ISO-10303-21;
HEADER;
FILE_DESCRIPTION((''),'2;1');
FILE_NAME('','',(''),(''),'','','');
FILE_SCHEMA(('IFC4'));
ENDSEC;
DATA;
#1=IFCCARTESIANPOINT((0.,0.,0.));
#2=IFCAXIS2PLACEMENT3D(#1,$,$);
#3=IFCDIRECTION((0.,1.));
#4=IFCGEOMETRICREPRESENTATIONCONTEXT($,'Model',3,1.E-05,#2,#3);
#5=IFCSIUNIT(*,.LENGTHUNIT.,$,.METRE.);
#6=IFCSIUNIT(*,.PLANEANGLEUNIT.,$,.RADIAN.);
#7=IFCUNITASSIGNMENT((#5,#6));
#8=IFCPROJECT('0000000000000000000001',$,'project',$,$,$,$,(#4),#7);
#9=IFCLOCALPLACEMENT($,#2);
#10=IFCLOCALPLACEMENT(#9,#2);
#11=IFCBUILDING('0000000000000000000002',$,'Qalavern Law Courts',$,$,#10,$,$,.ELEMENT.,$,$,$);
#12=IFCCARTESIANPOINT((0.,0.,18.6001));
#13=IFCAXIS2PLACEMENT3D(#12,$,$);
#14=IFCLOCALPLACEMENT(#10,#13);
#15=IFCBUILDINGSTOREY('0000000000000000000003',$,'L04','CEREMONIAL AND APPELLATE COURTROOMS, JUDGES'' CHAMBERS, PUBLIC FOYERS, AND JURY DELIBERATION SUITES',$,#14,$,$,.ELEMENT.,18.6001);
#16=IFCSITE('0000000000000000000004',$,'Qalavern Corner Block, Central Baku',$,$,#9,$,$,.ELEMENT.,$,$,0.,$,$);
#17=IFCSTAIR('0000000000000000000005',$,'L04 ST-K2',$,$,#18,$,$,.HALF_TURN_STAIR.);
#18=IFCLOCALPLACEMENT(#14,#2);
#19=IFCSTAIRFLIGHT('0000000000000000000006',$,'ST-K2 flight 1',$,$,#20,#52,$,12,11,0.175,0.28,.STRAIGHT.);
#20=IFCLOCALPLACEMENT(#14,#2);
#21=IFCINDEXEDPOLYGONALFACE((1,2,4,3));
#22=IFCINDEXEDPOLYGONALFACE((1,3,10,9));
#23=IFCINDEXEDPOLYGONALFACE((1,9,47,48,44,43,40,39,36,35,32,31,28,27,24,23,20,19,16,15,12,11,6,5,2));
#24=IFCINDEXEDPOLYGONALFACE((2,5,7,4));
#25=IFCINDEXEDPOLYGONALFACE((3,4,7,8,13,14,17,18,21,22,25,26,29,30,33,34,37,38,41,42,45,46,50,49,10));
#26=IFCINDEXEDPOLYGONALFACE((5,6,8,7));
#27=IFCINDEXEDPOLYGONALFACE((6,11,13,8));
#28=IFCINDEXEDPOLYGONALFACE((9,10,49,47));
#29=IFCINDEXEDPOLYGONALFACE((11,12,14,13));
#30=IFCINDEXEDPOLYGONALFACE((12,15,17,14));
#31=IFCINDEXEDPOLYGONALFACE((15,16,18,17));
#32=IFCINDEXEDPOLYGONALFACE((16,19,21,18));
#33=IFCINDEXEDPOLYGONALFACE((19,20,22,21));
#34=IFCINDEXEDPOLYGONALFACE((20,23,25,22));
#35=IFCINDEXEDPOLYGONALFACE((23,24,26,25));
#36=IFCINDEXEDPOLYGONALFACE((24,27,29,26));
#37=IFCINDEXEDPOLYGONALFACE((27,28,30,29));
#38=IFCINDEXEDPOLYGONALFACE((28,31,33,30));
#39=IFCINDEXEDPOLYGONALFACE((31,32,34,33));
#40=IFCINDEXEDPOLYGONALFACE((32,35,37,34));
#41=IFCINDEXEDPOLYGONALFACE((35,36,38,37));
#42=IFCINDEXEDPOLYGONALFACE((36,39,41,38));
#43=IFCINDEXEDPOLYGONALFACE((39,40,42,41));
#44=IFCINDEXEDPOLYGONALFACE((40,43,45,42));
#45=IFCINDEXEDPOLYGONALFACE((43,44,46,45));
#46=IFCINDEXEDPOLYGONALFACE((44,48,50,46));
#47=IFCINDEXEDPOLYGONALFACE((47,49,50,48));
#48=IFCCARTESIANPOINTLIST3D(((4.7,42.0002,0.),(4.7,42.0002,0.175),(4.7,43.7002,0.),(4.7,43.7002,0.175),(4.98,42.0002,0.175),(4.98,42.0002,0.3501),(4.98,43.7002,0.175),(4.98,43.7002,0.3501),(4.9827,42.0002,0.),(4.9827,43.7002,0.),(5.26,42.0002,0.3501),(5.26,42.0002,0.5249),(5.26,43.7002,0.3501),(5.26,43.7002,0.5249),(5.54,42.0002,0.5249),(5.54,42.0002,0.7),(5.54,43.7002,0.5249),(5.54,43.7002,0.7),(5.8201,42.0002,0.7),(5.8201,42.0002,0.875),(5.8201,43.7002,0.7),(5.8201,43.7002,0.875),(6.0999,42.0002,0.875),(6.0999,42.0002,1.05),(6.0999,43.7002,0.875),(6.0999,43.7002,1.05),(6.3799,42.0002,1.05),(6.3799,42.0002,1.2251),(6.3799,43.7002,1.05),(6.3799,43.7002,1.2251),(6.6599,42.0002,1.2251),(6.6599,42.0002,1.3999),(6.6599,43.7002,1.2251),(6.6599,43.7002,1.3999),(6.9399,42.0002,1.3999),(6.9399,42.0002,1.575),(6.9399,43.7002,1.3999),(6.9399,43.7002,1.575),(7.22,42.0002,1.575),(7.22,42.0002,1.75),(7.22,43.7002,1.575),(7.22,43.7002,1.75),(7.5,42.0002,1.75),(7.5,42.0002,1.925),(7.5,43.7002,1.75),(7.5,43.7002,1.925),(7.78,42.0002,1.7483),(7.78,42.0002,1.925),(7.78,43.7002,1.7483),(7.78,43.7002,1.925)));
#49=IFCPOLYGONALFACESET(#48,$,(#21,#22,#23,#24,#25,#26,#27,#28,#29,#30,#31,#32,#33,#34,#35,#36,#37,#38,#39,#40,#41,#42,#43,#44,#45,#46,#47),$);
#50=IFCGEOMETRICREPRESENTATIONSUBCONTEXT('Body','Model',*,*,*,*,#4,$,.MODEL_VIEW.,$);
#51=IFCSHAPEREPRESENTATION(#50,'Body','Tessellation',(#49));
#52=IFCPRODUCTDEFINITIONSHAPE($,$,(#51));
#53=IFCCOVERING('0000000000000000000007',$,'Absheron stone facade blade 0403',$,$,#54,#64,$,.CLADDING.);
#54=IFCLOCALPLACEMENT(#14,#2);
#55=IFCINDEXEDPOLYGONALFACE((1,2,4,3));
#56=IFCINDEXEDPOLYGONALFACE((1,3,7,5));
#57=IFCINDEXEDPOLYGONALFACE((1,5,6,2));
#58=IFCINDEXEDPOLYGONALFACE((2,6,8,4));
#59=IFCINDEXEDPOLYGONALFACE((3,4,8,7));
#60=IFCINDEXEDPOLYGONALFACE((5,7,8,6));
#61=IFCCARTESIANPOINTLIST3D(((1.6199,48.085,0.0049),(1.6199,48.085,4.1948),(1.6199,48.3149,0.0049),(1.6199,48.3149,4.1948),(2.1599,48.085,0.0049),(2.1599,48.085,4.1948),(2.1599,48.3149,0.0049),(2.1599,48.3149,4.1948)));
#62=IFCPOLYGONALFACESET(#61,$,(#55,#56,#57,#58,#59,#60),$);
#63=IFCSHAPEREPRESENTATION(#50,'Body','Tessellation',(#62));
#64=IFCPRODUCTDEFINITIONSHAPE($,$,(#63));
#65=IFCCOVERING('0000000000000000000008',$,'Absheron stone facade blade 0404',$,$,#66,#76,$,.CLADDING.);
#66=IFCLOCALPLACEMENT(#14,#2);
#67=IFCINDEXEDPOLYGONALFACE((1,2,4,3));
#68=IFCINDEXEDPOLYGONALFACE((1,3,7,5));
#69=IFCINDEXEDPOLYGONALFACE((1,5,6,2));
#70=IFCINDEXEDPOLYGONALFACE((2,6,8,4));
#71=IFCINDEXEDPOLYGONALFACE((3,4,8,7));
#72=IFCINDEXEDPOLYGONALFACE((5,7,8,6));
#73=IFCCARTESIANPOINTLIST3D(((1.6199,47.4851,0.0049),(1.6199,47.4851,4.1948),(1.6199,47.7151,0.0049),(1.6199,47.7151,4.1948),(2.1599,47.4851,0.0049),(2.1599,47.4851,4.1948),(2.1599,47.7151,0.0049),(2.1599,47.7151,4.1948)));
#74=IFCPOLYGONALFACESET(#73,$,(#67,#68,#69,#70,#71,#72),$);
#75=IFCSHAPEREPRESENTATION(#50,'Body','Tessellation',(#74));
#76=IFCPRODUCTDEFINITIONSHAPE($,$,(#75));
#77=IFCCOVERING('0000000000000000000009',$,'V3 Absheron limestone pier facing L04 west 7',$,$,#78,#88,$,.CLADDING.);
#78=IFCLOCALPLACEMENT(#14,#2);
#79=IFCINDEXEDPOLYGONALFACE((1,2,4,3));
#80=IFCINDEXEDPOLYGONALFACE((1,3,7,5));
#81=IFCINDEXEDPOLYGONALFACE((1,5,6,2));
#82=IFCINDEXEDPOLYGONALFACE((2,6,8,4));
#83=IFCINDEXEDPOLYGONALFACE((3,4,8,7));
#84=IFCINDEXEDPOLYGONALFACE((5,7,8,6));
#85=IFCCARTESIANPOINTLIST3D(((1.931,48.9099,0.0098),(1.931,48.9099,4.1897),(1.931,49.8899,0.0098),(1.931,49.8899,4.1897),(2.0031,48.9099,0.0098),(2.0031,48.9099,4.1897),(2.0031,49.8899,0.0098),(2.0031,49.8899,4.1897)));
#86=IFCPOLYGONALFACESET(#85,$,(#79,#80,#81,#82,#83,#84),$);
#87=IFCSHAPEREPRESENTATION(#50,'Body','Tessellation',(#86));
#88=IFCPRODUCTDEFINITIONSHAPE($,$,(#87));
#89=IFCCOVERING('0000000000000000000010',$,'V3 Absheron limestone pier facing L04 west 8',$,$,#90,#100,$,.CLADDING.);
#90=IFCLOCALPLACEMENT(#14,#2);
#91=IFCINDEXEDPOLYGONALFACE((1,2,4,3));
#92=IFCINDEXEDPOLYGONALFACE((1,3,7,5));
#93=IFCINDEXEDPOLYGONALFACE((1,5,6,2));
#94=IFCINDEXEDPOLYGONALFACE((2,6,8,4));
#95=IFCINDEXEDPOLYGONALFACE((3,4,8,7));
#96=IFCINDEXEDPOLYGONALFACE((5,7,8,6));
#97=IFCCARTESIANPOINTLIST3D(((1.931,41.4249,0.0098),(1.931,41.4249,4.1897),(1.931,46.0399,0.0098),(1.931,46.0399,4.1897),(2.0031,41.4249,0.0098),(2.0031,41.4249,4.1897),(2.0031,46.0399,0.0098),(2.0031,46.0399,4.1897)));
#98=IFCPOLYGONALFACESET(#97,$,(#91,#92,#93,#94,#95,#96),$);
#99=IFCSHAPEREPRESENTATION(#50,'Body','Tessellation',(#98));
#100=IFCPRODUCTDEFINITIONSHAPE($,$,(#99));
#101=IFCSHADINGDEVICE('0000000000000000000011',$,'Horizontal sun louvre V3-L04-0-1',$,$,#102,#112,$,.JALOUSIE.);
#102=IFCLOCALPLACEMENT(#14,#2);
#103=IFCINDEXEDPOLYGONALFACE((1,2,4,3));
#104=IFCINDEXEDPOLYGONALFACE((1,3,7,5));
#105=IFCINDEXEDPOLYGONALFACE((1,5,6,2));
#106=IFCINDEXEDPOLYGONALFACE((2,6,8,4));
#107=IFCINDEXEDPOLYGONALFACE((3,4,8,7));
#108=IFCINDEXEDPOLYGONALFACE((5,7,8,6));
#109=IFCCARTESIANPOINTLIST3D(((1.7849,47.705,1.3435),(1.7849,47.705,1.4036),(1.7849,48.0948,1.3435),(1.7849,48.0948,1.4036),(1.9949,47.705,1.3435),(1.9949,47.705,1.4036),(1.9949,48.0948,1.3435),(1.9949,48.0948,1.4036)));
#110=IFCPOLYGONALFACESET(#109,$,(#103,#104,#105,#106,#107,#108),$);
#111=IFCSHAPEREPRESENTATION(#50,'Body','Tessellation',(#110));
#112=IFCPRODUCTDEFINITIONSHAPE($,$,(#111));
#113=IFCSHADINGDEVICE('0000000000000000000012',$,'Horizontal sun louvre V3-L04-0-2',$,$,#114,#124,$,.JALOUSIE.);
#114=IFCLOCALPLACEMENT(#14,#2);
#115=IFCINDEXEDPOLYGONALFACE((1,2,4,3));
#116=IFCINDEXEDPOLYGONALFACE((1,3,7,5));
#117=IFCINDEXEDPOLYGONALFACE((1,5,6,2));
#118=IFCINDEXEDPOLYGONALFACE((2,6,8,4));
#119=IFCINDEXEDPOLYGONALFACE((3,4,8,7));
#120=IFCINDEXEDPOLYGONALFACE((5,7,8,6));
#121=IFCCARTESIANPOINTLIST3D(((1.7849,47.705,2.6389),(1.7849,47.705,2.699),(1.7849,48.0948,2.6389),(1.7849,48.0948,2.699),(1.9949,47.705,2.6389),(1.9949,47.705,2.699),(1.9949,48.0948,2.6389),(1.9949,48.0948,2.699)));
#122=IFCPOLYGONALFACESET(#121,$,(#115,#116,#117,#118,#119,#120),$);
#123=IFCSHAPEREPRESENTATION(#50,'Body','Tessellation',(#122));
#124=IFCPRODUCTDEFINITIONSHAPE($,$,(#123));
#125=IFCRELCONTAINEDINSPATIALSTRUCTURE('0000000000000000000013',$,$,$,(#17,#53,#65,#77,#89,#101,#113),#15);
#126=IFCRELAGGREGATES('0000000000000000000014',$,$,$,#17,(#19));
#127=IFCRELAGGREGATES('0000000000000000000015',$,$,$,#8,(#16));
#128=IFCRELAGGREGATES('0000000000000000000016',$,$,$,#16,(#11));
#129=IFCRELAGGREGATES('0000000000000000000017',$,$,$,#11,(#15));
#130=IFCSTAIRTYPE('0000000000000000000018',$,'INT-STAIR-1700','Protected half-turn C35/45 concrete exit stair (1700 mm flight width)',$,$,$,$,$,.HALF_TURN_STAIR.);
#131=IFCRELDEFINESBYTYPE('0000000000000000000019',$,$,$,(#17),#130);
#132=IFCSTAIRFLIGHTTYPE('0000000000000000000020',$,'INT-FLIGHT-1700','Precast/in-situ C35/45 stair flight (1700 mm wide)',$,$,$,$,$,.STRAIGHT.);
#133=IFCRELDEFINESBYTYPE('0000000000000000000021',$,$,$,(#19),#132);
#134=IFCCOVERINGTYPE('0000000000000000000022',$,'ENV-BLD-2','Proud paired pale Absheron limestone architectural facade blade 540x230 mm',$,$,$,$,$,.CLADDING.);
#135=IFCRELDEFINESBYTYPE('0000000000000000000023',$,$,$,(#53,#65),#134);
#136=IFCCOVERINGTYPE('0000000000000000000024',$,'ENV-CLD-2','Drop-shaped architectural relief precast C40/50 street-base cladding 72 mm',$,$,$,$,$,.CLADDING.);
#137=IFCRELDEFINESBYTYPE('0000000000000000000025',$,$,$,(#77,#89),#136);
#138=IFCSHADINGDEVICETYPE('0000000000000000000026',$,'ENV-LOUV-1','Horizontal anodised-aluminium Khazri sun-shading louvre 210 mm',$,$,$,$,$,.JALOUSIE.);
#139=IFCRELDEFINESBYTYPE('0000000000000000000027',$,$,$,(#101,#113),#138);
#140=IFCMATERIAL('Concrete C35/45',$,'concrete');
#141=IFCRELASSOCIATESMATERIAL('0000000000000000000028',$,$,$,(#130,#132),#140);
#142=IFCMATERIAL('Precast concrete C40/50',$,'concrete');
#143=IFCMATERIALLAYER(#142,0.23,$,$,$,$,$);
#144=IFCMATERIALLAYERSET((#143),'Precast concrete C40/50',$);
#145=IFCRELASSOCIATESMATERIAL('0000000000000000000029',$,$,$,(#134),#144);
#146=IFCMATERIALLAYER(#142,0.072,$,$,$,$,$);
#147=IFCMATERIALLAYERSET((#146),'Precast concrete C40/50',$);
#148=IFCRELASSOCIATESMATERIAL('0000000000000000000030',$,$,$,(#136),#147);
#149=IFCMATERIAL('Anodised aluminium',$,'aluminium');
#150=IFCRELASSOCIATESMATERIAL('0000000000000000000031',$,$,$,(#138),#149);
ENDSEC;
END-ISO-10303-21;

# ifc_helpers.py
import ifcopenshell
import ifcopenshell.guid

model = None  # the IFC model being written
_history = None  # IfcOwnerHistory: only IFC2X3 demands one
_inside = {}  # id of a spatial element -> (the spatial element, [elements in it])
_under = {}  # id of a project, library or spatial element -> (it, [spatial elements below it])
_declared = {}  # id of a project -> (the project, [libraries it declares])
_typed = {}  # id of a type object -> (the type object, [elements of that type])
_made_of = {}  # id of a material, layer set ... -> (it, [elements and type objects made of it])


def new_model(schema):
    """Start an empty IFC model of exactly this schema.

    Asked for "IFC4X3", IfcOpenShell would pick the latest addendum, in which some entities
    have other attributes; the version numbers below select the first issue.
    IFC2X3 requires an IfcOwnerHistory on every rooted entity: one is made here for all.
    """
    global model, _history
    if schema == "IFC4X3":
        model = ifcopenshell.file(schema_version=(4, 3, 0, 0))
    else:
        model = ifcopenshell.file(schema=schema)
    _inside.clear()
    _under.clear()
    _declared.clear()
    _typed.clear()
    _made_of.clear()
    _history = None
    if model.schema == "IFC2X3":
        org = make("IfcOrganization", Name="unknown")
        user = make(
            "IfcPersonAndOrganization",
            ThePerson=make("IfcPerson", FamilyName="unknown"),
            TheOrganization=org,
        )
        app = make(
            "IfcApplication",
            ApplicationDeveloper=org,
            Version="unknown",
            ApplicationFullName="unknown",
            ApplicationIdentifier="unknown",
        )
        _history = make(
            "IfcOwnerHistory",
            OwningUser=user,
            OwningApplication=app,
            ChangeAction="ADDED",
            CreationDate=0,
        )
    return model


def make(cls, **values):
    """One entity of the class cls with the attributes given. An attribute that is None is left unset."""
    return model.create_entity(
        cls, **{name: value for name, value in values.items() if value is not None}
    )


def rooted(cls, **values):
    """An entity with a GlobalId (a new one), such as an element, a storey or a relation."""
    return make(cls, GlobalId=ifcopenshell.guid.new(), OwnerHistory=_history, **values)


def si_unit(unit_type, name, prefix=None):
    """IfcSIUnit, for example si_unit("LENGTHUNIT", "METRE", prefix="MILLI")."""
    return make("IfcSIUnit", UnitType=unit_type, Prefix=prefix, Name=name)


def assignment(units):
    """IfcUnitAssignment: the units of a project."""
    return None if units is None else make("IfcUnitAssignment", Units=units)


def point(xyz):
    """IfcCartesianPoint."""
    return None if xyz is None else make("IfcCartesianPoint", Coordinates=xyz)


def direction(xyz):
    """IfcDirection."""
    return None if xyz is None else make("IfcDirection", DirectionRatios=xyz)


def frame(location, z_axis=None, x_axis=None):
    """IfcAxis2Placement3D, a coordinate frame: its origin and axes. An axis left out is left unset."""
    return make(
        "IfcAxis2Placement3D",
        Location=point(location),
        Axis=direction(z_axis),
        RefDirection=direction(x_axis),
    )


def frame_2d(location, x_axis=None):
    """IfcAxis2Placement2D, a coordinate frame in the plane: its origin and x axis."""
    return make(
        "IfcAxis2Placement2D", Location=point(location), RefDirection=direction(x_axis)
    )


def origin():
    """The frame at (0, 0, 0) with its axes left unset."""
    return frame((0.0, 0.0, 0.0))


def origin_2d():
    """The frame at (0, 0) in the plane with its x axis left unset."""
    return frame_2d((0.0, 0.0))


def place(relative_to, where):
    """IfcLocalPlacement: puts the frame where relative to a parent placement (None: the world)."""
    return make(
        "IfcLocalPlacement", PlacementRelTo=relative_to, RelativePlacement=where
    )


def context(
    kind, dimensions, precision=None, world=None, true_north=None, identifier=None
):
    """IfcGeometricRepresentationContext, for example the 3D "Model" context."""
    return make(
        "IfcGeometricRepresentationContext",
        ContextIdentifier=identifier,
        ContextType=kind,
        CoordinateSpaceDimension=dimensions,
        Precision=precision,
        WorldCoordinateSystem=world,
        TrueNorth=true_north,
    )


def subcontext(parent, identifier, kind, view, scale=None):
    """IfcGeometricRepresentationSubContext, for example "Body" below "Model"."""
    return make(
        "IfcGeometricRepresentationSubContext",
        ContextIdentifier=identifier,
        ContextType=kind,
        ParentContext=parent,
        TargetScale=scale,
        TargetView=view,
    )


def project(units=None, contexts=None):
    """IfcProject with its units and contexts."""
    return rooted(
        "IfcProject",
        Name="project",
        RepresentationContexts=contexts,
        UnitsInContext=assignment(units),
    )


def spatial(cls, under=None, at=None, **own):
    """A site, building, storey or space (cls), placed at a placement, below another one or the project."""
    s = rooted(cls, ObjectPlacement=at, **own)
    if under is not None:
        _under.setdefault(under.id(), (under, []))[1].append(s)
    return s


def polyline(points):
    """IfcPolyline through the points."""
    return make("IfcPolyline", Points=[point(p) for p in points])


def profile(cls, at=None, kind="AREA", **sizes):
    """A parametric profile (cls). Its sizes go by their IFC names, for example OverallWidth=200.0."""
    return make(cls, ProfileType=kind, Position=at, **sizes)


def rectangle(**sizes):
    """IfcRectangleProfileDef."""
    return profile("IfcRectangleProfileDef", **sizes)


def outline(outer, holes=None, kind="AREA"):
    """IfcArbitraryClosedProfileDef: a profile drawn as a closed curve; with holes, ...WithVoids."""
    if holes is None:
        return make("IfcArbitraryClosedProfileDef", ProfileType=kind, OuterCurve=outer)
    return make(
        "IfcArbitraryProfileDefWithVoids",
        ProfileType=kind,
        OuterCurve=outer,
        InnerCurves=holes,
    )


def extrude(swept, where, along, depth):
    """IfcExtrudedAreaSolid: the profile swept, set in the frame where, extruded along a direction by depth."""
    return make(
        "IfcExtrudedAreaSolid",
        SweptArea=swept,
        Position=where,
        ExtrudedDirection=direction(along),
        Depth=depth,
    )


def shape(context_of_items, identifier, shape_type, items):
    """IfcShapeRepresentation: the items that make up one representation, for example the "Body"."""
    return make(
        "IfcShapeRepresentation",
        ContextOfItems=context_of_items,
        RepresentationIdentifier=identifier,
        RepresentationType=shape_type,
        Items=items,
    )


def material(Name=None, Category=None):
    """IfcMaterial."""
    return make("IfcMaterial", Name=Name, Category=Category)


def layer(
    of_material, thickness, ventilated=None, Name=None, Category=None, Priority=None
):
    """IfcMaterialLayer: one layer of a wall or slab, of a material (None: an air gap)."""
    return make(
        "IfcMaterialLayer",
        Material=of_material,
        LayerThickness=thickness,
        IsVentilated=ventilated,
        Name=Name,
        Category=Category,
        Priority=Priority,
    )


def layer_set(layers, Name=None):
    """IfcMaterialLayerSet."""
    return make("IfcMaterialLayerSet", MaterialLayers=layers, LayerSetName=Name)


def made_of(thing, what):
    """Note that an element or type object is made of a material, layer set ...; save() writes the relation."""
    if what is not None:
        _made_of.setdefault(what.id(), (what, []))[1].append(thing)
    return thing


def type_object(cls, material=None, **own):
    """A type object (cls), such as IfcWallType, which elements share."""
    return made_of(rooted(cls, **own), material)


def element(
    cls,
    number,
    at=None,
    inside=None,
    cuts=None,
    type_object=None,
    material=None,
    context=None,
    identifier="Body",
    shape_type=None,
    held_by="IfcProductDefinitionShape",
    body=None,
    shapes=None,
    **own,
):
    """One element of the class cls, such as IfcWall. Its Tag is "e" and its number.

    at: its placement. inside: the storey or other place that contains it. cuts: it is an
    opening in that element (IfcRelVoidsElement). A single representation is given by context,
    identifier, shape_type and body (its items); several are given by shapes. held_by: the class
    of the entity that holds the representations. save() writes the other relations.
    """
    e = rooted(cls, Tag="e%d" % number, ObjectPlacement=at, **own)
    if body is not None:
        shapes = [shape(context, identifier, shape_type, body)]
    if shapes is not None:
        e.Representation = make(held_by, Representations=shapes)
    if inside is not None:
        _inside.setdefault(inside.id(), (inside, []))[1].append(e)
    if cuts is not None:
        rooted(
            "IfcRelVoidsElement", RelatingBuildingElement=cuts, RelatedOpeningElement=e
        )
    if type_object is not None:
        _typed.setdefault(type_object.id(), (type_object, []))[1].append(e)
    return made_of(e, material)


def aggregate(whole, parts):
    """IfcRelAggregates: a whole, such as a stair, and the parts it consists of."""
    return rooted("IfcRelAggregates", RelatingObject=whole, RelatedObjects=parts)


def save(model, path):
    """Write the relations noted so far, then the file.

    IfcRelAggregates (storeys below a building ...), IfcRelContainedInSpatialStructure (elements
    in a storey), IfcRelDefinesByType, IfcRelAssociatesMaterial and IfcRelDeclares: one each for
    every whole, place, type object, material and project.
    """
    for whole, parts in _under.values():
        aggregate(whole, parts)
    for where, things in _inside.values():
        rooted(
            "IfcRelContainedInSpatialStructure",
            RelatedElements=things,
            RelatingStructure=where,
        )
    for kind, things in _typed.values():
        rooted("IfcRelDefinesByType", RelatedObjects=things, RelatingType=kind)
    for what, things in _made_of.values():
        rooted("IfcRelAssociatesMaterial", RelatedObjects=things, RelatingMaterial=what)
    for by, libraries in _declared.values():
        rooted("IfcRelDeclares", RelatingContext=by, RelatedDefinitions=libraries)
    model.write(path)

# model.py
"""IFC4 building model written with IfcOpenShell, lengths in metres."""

from ifc_helpers import new_model, si_unit, direction, frame, origin, origin_2d, place, context, subcontext, project, spatial, polyline, rectangle, outline, extrude, material, layer, layer_set, type_object, element, aggregate, save


model = new_model("IFC4")

# Units and contexts
model_context = context("Model", 3, precision=1e-05, world=origin(), true_north=direction((0.0, 1.0)))
body_context = subcontext(model_context, "Body", "Model", "MODEL_VIEW")
ifc_project = project(units=[si_unit("LENGTHUNIT", "METRE"), si_unit("PLANEANGLEUNIT", "RADIAN")], contexts=[model_context])

# Site, building, storey
site_placement = place(None, origin())
site = spatial("IfcSite", under=ifc_project, at=site_placement, Name="Qalavern Corner Block, Central Baku", CompositionType="ELEMENT", RefElevation=0.0)
building_placement = place(site_placement, origin())
building = spatial("IfcBuilding", under=site, at=building_placement, Name="Qalavern Law Courts", CompositionType="ELEMENT")
storey_placement = place(building_placement, frame((0.0, 0.0, 18.6001)))
storey = spatial("IfcBuildingStorey", under=building, at=storey_placement, Name="L04", Description="CEREMONIAL AND APPELLATE COURTROOMS, JUDGES' CHAMBERS, PUBLIC FOYERS, AND JURY DELIBERATION SUITES", CompositionType="ELEMENT", Elevation=18.6001)

# Shared definitions
ifc_material_1 = material(Name="Anodised aluminium", Category="aluminium")

# Stair, stair flight
ifc_material_2 = material(Name="Concrete C35/45", Category="concrete")
stair_type = type_object("IfcStairType", Name="INT-STAIR-1700", Description="Protected half-turn C35/45 concrete exit stair (1700 mm flight width)", PredefinedType="HALF_TURN_STAIR", material=ifc_material_2)
stair_placement = place(storey_placement, origin())
stair = element("IfcStair", 1, at=stair_placement, inside=storey, type_object=stair_type, Name="L04 ST-K2", PredefinedType="HALF_TURN_STAIR")
stair_flight_type = type_object("IfcStairFlightType", Name="INT-FLIGHT-1700", Description="Precast/in-situ C35/45 stair flight (1700 mm wide)", PredefinedType="STRAIGHT", material=ifc_material_2)
stair_flight_placement = place(storey_placement, frame((4.7, 42.8501, 0.0), z_axis=(0.0, 0.0, 1.0), x_axis=(1.0, 0.0, 0.0)))
stair_flight = element("IfcStairFlight", 2, at=stair_flight_placement, type_object=stair_flight_type, Name="ST-K2 flight 1", NumberOfRisers=12, NumberOfTreads=11, PredefinedType="STRAIGHT", RiserHeight=0.175, TreadLength=0.28, context=body_context, shape_type="SweptSolid", body=[
    extrude(outline(polyline([(0.0, 0.0), (0.0, 0.175), (0.28, 0.175), (0.28, 0.3501), (0.5601, 0.3501), (0.5601, 0.5249), (0.8401, 0.5249), (0.8401, 0.7), (1.1201, 0.7), (1.1201, 0.875), (1.3999, 0.875), (1.3999, 1.05), (1.6799, 1.05), (1.6799, 1.2251), (1.96, 1.2251), (1.96, 1.3999), (2.24, 1.3999), (2.24, 1.575), (2.52, 1.575), (2.52, 1.75), (2.8, 1.75), (2.8, 1.925), (3.0801, 1.925), (3.0801, 2.1001), (3.0801, 1.7483), (0.2827, 0.0), (0.0, 0.0)])), frame((0.0, 0.8501, 0.0), z_axis=(0.0, -1.0, 0.0), x_axis=(1.0, 0.0, 0.0)), (0.0, 0.0, 1.0), 1.7),
])
aggregate(stair, [stair_flight])

# Coverings
ifc_material_3 = material(Name="Precast concrete C40/50", Category="concrete")
ifc_layer_1 = layer(ifc_material_3, 0.23)
ifc_layer_set_1 = layer_set([ifc_layer_1], Name="Precast concrete C40/50")
covering_type_1 = type_object("IfcCoveringType", Name="ENV-BLD-2", Description="Proud paired pale Absheron limestone architectural facade blade 540x230 mm", PredefinedType="CLADDING", material=ifc_layer_set_1)
for number, where, z_axis, x_axis, name in (
    (3, (1.8899, 48.2, 0.0049), (0.0, 0.0, 1.0), (-1.0, 0.0, 0.0), "Absheron stone facade blade 0403"),
    (4, (1.8899, 47.6001, 0.0049), (0.0, 0.0, 1.0), (-1.0, 0.0, 0.0), "Absheron stone facade blade 0404"),
):
    element("IfcCovering", number, at=place(storey_placement, frame(where, z_axis=z_axis, x_axis=x_axis)), inside=storey, type_object=covering_type_1, Name=name, PredefinedType="CLADDING", context=body_context, shape_type="SweptSolid", body=[
        extrude(rectangle(XDim=0.54, YDim=0.23, at=origin_2d()), origin(), (0.0, 0.0, 1.0), 4.1899),
    ])
ifc_layer_2 = layer(ifc_material_3, 0.072)
ifc_layer_set_2 = layer_set([ifc_layer_2], Name="Precast concrete C40/50")
covering_type_2 = type_object("IfcCoveringType", Name="ENV-CLD-2", Description="Drop-shaped architectural relief precast C40/50 street-base cladding 72 mm", PredefinedType="CLADDING", material=ifc_layer_set_2)
covering_1_placement = place(storey_placement, frame((1.967, 49.3999, 0.0098), z_axis=(0.0, 0.0, 1.0), x_axis=(0.0, -1.0, 0.0)))
element("IfcCovering", 5, at=covering_1_placement, inside=storey, type_object=covering_type_2, Name="V3 Absheron limestone pier facing L04 west 7", PredefinedType="CLADDING", context=body_context, shape_type="SweptSolid", body=[
    extrude(rectangle(XDim=0.98, YDim=0.072, at=origin_2d()), origin(), (0.0, 0.0, 1.0), 4.1799),
])
covering_2_placement = place(storey_placement, frame((1.967, 43.7324, 0.0098), z_axis=(0.0, 0.0, 1.0), x_axis=(0.0, -1.0, 0.0)))
element("IfcCovering", 6, at=covering_2_placement, inside=storey, type_object=covering_type_2, Name="V3 Absheron limestone pier facing L04 west 8", PredefinedType="CLADDING", context=body_context, shape_type="SweptSolid", body=[
    extrude(rectangle(XDim=4.615, YDim=0.072, at=origin_2d()), origin(), (0.0, 0.0, 1.0), 4.1799),
])

# Shading devices
shading_device_type = type_object("IfcShadingDeviceType", Name="ENV-LOUV-1", Description="Horizontal anodised-aluminium Khazri sun-shading louvre 210 mm", PredefinedType="JALOUSIE", material=ifc_material_1)
for number, where, z_axis, x_axis, name in (
    (7, (1.8899, 47.8999, 1.3435), (0.0, 0.0, 1.0), (0.0, -1.0, 0.0), "Horizontal sun louvre V3-L04-0-1"),
    (8, (1.8899, 47.8999, 2.6389), (0.0, 0.0, 1.0), (0.0, -1.0, 0.0), "Horizontal sun louvre V3-L04-0-2"),
):
    element("IfcShadingDevice", number, at=place(storey_placement, frame(where, z_axis=z_axis, x_axis=x_axis)), inside=storey, type_object=shading_device_type, Name=name, PredefinedType="JALOUSIE", context=body_context, shape_type="SweptSolid", body=[
        extrude(rectangle(XDim=0.3899, YDim=0.21, at=origin_2d()), origin(), (0.0, 0.0, 1.0), 0.0601),
    ])

save(model, "model.ifc")
